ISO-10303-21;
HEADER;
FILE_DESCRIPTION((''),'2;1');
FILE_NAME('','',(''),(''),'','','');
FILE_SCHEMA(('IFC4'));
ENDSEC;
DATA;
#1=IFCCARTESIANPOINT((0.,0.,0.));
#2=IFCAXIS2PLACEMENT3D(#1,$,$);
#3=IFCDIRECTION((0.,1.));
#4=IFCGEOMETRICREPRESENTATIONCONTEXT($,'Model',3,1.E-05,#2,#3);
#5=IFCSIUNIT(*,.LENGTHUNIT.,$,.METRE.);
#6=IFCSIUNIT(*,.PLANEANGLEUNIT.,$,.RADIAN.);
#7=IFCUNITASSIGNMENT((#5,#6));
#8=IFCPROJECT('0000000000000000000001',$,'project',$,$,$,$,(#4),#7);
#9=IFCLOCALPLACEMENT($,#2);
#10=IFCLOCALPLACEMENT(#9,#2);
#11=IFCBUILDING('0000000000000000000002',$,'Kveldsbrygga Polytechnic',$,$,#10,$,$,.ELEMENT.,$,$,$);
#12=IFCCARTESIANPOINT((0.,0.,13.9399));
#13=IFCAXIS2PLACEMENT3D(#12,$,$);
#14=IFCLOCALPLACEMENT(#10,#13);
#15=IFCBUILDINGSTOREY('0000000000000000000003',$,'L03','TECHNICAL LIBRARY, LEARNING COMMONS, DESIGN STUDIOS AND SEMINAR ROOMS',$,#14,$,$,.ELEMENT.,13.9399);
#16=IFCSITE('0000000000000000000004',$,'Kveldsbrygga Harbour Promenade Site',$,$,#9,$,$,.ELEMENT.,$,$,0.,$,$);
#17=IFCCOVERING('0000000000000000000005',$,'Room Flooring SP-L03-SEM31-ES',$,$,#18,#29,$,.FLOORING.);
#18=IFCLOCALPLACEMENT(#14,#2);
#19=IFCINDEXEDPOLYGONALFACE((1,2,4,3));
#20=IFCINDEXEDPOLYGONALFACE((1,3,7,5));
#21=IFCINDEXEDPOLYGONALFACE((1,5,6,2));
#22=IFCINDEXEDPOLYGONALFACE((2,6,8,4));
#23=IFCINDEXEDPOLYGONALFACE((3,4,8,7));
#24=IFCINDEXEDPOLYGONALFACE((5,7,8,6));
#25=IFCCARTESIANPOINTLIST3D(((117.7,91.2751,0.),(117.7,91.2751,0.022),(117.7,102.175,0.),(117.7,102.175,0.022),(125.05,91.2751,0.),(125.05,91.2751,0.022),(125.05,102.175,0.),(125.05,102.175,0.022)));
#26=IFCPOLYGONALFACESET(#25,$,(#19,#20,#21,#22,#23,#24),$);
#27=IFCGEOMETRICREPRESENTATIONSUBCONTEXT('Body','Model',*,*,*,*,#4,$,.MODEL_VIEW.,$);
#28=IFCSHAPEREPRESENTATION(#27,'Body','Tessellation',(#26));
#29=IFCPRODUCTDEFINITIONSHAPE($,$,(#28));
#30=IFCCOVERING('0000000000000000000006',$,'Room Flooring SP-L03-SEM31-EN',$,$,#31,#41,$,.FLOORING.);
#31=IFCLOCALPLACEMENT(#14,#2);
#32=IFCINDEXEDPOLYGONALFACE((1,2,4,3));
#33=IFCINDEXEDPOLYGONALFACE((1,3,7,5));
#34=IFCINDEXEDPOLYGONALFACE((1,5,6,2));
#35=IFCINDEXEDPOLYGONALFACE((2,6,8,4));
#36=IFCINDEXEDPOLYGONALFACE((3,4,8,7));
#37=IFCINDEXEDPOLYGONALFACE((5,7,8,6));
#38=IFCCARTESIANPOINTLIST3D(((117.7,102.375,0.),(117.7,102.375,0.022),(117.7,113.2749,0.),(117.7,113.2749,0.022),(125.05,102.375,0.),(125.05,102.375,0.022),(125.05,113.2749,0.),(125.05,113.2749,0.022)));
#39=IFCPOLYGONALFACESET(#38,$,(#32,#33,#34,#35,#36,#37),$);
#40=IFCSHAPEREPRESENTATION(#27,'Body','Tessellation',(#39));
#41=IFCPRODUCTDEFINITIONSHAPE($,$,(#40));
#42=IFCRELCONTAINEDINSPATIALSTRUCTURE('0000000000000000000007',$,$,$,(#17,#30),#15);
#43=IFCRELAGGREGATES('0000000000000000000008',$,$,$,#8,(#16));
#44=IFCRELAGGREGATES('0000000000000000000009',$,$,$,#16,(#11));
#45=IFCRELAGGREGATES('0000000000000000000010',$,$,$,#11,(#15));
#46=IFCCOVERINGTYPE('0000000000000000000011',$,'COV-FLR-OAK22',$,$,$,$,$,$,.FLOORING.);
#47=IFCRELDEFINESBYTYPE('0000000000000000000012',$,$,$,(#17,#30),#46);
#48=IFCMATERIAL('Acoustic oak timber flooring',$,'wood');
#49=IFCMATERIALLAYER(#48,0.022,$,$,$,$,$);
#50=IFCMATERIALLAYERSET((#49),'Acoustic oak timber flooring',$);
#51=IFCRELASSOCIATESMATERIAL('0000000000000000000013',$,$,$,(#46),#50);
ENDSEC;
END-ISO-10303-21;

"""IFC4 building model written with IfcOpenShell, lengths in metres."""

from ifc_helpers import new_model, si_unit, direction, frame, origin, origin_2d, place, context, subcontext, project, spatial, rectangle, extrude, material, layer, layer_set, type_object, element, save


model = new_model("IFC4")

# Units and contexts
model_context = context("Model", 3, precision=1e-05, world=origin(), true_north=direction((0.0, 1.0)))
body_context = subcontext(model_context, "Body", "Model", "MODEL_VIEW")
ifc_project = project(units=[si_unit("LENGTHUNIT", "METRE"), si_unit("PLANEANGLEUNIT", "RADIAN")], contexts=[model_context])

# Site, building, storey
site_placement = place(None, origin())
site = spatial("IfcSite", under=ifc_project, at=site_placement, Name="Kveldsbrygga Harbour Promenade Site", CompositionType="ELEMENT", RefElevation=0.0)
building_placement = place(site_placement, origin())
building = spatial("IfcBuilding", under=site, at=building_placement, Name="Kveldsbrygga Polytechnic", CompositionType="ELEMENT")
storey_placement = place(building_placement, frame((0.0, 0.0, 13.9399)))
storey = spatial("IfcBuildingStorey", under=building, at=storey_placement, Name="L03", Description="TECHNICAL LIBRARY, LEARNING COMMONS, DESIGN STUDIOS AND SEMINAR ROOMS", CompositionType="ELEMENT", Elevation=13.9399)

# Coverings
ifc_material_1 = material(Name="Acoustic oak timber flooring", Category="wood")
ifc_layer_1 = layer(ifc_material_1, 0.022)
ifc_layer_set_1 = layer_set([ifc_layer_1], Name="Acoustic oak timber flooring")
covering_type_1 = type_object("IfcCoveringType", Name="COV-FLR-OAK22", PredefinedType="FLOORING", material=ifc_layer_set_1)
for number, where, z_axis, x_axis, name in (
    (1, (121.375, 96.7251, 0.0), (0.0, 0.0, 1.0), (1.0, 0.0, 0.0), "Room Flooring SP-L03-SEM31-ES"),
    (2, (121.375, 107.825, 0.0), (0.0, 0.0, 1.0), (1.0, 0.0, 0.0), "Room Flooring SP-L03-SEM31-EN"),
):
    element("IfcCovering", number, at=place(storey_placement, frame(where, z_axis=z_axis, x_axis=x_axis)), inside=storey, type_object=covering_type_1, Name=name, PredefinedType="FLOORING", context=body_context, shape_type="SweptSolid", body=[
        extrude(rectangle(XDim=7.3501, YDim=10.8999, at=origin_2d()), origin(), (0.0, 0.0, 1.0), 0.022),
    ])

save(model, "model.ifc")
